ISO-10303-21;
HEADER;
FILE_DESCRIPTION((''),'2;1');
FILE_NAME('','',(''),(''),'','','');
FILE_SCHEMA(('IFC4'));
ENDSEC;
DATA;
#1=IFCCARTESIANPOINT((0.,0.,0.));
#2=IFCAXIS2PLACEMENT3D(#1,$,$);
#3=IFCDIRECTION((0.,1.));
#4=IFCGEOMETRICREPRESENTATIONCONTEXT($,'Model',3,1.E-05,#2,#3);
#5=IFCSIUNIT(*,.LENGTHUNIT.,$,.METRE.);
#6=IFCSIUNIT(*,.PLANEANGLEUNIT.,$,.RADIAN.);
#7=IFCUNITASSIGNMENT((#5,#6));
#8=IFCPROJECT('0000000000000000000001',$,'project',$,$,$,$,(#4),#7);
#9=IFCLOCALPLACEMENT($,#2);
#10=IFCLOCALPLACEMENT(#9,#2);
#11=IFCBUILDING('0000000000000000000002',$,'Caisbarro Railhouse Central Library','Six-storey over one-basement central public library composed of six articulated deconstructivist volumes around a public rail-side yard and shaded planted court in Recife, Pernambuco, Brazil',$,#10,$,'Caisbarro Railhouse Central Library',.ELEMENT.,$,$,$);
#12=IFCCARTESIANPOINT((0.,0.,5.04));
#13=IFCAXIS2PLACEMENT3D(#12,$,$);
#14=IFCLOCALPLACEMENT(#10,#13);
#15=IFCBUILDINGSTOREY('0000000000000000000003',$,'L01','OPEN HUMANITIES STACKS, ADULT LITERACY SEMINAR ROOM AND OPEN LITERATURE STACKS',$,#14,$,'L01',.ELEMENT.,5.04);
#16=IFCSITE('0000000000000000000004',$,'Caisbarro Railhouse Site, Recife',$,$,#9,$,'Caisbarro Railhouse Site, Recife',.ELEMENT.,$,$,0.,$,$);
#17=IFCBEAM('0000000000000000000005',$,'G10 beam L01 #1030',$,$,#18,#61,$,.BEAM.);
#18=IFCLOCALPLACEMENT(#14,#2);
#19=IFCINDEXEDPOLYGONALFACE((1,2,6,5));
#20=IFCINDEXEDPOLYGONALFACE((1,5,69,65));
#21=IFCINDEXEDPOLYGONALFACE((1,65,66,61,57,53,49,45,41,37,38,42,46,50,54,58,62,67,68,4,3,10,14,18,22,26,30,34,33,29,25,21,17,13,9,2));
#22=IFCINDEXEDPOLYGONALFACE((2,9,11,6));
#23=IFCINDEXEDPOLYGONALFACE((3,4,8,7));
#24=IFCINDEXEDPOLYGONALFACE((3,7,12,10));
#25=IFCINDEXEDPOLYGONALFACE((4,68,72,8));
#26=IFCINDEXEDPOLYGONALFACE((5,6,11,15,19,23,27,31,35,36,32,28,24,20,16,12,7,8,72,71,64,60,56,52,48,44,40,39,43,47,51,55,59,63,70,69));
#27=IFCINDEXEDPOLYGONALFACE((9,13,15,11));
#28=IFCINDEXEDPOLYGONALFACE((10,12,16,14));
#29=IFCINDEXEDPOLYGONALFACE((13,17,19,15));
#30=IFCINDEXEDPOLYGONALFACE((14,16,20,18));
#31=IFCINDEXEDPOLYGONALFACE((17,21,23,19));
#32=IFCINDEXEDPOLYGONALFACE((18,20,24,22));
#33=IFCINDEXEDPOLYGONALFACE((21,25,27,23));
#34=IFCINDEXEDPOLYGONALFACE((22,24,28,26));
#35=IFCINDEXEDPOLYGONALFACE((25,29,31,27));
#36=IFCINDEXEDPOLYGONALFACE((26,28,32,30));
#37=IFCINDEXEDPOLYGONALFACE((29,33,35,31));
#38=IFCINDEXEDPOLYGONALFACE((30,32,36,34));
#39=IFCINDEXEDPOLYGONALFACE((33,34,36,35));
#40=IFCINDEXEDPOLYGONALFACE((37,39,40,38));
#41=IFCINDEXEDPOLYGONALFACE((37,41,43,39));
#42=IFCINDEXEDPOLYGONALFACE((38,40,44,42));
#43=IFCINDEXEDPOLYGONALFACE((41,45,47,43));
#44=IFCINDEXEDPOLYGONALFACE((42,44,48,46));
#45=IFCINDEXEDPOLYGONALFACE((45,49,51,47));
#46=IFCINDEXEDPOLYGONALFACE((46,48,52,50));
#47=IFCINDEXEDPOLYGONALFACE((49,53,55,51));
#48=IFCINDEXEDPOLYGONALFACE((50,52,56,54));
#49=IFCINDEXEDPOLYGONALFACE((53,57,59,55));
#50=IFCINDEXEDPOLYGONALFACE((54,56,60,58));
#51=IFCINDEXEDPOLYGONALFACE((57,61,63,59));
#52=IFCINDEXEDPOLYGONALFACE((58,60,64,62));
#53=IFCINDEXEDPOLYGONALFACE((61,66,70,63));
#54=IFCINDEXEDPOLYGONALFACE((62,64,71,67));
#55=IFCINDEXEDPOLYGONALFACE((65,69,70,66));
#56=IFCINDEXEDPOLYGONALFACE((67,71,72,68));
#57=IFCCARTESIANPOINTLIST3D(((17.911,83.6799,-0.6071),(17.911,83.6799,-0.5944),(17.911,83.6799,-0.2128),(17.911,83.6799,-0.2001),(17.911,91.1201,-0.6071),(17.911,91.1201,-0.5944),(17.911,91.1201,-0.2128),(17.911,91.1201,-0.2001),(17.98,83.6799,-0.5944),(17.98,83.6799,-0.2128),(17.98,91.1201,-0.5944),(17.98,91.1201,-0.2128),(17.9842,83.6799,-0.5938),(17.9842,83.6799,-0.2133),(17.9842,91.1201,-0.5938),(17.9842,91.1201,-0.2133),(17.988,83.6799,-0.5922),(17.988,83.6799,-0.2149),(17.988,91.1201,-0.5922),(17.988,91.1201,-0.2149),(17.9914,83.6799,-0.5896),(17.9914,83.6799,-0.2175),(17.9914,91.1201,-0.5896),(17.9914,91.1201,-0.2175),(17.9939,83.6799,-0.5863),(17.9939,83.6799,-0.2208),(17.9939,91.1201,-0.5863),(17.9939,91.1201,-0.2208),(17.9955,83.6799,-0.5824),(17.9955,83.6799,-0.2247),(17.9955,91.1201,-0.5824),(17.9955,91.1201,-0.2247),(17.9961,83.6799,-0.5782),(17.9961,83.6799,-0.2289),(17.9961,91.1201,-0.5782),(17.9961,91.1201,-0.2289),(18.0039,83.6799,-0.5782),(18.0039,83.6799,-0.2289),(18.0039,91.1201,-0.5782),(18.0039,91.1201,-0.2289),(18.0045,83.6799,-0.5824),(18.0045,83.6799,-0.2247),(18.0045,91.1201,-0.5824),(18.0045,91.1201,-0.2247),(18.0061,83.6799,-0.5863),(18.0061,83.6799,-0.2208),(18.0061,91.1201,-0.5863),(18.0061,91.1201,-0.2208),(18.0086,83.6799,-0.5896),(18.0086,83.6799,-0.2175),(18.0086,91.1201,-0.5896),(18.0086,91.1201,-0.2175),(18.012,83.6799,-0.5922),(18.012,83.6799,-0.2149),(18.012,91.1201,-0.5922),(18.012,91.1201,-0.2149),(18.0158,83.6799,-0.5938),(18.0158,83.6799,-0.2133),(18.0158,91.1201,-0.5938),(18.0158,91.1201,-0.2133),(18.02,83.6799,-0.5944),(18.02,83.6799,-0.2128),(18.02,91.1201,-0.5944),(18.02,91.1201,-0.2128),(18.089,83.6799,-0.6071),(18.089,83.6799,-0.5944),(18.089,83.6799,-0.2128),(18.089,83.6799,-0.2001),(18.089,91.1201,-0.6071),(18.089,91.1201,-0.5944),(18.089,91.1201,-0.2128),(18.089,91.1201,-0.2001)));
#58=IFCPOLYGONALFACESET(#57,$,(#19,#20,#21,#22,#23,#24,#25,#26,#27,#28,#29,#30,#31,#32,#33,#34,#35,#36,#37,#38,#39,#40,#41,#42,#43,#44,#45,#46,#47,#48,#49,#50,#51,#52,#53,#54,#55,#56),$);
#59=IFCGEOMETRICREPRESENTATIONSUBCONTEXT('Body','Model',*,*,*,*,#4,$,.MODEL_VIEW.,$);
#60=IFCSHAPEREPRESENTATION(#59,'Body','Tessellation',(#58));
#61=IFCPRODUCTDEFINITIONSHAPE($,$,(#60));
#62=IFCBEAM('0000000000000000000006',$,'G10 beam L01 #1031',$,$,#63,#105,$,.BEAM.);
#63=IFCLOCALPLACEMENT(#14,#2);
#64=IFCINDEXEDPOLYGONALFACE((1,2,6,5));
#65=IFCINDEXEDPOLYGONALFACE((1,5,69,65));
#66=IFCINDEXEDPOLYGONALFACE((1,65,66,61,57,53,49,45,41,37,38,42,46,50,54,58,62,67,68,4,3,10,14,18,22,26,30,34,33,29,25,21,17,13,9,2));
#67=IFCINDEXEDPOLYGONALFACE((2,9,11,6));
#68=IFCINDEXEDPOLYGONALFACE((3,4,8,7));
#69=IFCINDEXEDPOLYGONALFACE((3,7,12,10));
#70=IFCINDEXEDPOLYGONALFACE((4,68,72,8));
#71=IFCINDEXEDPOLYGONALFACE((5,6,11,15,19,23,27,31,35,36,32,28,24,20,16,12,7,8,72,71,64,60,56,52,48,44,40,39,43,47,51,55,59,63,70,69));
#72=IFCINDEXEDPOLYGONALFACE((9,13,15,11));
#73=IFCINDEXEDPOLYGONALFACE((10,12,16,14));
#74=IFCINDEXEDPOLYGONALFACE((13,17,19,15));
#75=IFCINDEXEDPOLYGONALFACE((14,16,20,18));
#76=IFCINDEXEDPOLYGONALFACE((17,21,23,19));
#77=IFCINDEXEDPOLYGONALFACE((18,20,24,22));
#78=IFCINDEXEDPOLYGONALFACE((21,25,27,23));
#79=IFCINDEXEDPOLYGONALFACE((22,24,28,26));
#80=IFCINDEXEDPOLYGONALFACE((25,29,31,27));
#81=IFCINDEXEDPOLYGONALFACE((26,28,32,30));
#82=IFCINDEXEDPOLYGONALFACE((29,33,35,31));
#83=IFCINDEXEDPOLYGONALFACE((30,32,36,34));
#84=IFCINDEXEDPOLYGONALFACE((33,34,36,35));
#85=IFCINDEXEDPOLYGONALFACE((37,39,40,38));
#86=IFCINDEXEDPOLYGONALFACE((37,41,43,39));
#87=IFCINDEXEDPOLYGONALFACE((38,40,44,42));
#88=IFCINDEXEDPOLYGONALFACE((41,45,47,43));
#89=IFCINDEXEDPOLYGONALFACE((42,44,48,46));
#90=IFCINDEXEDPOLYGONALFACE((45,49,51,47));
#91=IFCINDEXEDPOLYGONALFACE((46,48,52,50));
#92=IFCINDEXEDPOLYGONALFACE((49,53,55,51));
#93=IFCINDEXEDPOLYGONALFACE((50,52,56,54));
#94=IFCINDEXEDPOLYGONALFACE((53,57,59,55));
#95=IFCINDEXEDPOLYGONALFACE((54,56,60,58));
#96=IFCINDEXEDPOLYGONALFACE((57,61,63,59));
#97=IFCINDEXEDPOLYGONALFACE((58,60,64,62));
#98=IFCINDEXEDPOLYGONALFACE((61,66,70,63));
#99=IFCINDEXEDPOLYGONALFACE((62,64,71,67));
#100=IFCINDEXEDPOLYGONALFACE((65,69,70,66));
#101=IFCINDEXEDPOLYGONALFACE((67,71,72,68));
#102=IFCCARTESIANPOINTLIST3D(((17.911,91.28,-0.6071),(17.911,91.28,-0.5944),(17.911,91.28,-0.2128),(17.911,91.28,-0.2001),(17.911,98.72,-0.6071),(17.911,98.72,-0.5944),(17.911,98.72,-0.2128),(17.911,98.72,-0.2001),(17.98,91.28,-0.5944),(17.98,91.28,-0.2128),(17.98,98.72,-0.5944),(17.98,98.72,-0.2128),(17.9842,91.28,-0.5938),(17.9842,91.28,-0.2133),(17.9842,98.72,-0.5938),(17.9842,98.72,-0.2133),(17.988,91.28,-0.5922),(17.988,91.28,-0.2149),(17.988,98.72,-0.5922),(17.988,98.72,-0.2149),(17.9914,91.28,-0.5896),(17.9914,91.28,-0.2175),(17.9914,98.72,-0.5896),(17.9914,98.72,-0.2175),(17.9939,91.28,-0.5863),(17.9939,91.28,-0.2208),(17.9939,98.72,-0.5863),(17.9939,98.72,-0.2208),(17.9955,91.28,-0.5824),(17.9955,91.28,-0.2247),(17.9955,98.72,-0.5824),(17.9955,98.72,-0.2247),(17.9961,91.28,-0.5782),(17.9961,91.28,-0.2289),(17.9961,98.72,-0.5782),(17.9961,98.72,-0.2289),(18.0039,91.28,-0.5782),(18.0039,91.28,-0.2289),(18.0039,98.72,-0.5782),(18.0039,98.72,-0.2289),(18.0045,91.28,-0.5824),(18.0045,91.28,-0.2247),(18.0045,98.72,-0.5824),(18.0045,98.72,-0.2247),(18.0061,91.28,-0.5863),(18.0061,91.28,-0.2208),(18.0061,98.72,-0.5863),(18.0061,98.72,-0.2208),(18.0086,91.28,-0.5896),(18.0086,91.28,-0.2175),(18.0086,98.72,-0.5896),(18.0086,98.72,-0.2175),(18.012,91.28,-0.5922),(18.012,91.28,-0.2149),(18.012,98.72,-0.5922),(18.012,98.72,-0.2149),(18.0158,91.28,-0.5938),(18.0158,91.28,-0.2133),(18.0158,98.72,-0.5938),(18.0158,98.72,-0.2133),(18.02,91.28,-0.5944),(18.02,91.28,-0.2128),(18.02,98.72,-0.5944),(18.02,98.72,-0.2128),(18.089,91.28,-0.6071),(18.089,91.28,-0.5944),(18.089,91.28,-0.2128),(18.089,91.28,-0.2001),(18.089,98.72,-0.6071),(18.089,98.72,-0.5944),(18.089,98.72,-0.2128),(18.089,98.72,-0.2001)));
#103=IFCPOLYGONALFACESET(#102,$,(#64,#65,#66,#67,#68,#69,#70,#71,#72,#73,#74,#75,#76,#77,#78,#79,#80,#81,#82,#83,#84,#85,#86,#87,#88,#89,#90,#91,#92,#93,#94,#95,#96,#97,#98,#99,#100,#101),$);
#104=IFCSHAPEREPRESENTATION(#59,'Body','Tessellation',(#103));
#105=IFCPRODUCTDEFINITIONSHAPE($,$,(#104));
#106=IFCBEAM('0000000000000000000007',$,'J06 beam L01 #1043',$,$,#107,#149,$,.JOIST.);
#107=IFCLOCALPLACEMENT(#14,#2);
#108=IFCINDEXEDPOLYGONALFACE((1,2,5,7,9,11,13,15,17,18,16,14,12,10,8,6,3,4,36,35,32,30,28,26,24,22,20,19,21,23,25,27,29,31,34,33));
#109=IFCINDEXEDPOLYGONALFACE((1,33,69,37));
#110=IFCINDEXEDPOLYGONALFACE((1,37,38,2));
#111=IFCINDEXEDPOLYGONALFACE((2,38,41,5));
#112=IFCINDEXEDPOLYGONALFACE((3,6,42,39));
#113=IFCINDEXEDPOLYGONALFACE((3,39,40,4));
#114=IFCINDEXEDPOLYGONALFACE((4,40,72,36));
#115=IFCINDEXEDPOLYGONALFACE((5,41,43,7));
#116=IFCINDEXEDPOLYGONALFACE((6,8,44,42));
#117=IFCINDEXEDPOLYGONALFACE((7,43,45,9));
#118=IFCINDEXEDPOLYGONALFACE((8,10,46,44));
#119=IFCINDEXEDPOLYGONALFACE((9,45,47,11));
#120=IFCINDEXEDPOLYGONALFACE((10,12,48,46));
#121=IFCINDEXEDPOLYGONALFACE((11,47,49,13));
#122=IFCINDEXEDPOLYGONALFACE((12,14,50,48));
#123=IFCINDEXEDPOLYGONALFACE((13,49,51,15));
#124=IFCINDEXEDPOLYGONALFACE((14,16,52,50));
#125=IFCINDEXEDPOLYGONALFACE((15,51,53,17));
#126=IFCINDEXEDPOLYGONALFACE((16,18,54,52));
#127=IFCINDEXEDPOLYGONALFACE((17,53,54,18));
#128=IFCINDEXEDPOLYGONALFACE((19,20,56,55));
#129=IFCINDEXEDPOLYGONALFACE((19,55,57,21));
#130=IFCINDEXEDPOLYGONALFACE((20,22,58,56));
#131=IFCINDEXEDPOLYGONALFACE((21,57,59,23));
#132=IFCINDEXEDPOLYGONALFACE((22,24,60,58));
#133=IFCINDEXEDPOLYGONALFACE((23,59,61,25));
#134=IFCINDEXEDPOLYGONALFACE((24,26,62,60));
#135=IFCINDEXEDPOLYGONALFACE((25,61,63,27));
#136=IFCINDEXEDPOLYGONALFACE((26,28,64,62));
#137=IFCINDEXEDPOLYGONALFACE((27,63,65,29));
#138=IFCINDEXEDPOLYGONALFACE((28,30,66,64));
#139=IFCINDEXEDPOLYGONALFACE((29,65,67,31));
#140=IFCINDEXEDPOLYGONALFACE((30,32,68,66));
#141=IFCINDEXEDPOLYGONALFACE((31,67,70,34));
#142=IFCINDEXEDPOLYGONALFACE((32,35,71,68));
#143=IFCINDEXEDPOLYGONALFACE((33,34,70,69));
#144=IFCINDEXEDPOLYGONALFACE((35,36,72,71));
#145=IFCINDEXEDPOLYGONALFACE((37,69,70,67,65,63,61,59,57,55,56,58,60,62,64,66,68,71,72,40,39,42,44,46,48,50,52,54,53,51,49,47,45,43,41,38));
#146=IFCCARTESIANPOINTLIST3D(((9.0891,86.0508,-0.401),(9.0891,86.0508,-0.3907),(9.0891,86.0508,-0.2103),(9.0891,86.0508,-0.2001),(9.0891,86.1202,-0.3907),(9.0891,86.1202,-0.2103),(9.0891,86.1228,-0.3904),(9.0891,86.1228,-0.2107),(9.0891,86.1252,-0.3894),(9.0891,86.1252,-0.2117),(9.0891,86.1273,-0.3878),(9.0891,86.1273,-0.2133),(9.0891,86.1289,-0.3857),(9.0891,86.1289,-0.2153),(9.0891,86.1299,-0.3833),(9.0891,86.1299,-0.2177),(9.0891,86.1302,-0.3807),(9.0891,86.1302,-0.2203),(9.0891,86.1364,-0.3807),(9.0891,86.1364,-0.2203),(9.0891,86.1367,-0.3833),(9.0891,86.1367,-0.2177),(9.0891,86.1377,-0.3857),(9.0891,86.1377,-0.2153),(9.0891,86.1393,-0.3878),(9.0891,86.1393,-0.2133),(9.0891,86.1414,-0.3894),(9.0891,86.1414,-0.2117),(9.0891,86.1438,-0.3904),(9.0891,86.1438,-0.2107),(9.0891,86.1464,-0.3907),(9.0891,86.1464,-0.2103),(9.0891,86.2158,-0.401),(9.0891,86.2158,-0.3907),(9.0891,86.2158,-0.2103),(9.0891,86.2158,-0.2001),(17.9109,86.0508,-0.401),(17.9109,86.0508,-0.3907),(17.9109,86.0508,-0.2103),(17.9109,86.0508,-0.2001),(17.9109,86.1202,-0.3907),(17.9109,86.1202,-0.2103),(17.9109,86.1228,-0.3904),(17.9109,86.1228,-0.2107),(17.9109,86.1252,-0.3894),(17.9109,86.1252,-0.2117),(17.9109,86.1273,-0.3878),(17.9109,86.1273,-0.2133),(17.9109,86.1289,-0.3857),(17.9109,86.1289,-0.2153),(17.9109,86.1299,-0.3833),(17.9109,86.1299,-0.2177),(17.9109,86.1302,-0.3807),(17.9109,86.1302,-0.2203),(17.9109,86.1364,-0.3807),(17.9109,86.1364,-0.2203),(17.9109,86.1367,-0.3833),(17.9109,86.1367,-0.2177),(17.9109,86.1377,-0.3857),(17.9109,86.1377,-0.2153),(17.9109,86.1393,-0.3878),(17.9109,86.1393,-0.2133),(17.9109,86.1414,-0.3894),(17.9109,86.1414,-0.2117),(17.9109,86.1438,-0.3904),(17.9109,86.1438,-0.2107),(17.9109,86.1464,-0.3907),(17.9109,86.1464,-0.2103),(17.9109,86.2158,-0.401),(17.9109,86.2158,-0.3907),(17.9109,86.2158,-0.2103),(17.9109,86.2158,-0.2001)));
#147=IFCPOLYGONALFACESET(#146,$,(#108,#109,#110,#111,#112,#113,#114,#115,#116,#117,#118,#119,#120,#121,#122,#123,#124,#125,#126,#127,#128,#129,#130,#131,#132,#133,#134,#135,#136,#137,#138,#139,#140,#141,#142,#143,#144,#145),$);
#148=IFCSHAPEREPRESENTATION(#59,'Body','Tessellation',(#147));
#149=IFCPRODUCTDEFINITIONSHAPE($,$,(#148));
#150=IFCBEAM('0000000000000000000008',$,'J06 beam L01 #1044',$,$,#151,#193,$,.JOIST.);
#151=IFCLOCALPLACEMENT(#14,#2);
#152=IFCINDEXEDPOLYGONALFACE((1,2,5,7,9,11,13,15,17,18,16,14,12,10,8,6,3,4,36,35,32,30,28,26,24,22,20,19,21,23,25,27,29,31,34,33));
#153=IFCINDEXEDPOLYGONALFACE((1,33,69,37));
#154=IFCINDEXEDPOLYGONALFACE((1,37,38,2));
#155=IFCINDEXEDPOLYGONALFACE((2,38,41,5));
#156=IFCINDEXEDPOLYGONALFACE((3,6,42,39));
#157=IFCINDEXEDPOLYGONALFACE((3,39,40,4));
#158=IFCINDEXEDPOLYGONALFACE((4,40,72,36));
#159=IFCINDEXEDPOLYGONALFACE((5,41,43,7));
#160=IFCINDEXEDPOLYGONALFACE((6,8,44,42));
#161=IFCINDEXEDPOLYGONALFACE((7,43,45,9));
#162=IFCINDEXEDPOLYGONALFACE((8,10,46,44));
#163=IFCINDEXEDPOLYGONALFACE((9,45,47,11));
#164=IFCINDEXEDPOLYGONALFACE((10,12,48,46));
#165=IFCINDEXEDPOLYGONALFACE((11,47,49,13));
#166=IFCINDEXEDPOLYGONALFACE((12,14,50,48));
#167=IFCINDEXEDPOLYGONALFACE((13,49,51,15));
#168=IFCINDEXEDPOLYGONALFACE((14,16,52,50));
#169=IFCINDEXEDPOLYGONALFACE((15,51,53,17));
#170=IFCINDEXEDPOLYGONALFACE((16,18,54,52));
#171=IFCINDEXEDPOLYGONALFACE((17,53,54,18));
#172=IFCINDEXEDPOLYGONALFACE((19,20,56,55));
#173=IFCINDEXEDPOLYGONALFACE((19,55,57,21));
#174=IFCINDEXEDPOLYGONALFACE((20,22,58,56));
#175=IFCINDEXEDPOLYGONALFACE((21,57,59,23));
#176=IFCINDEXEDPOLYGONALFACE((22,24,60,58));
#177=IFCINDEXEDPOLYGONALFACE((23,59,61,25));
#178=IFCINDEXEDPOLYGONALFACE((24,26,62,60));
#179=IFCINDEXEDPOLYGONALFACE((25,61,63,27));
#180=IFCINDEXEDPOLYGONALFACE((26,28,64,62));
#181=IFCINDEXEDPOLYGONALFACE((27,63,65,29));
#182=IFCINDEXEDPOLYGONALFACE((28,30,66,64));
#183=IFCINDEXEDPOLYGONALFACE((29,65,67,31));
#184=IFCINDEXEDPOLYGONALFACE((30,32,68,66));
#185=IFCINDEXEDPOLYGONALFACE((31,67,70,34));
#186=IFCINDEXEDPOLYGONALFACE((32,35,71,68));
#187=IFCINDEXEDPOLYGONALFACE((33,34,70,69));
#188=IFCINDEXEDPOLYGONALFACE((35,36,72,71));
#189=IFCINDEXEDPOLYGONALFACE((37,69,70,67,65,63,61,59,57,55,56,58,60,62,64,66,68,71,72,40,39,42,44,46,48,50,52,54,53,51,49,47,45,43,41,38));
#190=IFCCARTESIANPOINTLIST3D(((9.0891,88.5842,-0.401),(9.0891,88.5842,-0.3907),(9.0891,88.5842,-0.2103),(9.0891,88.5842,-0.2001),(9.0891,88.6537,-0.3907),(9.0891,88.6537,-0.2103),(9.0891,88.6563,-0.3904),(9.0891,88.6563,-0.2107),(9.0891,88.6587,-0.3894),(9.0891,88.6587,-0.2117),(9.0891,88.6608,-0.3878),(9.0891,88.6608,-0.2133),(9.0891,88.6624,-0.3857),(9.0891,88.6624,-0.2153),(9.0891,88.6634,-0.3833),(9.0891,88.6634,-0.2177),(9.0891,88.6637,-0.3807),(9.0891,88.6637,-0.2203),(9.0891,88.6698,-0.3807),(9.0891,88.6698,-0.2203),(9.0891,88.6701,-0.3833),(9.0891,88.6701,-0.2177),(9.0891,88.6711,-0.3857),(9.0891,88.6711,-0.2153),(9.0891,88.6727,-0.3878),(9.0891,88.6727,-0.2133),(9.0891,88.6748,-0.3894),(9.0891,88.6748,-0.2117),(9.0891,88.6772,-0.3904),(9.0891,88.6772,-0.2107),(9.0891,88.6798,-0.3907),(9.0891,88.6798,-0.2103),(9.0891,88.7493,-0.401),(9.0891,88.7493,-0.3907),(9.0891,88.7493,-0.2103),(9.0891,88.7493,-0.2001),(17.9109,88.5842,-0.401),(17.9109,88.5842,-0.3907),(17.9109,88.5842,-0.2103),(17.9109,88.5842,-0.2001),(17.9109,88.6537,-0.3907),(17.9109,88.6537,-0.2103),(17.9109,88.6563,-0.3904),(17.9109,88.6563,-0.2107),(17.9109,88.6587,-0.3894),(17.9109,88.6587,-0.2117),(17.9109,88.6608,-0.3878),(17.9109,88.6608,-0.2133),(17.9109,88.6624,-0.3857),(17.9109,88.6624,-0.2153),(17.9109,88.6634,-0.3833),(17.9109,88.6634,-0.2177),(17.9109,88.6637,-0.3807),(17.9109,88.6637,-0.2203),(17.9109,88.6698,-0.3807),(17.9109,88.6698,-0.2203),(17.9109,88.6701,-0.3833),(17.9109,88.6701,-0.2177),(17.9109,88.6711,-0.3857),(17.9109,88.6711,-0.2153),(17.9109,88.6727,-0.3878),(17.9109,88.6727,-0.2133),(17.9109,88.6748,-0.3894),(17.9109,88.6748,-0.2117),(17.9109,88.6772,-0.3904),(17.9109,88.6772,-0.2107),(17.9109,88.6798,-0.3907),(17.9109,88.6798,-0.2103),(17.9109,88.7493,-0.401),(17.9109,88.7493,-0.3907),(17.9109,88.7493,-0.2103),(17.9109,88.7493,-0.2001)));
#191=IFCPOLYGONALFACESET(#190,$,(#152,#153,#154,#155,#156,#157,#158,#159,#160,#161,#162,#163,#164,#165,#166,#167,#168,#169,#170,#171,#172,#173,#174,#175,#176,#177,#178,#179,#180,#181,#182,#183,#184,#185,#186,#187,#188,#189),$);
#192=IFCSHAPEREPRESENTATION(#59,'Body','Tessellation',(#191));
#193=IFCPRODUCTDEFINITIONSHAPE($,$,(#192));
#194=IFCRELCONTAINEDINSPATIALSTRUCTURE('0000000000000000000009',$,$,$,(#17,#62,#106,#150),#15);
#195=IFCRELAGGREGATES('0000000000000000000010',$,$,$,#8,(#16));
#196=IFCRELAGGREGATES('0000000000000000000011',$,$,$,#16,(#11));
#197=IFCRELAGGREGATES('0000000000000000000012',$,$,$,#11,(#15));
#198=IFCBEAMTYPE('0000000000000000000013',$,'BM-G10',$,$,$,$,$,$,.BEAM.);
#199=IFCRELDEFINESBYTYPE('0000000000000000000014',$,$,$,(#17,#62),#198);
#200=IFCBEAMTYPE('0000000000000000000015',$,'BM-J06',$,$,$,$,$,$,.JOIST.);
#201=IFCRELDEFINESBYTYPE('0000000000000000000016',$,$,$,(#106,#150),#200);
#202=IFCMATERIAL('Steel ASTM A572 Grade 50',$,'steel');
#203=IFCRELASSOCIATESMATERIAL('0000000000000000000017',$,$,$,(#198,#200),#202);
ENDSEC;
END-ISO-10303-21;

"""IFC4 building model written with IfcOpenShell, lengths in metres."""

from ifc_helpers import new_model, si_unit, direction, frame, origin, origin_2d, place, context, subcontext, project, spatial, i_section, extrude, material, material_profile, profile_set, type_object, element, save


model = new_model("IFC4")

# Units and contexts
model_context = context("Model", 3, precision=1e-05, world=origin(), true_north=direction((0.0, 1.0)))
body_context = subcontext(model_context, "Body", "Model", "MODEL_VIEW")
ifc_project = project(units=[si_unit("LENGTHUNIT", "METRE"), si_unit("PLANEANGLEUNIT", "RADIAN")], contexts=[model_context])

# Site, building, storey
site_placement = place(None, origin())
site = spatial("IfcSite", under=ifc_project, at=site_placement, Name="Caisbarro Railhouse Site, Recife", LongName="Caisbarro Railhouse Site, Recife", CompositionType="ELEMENT", RefElevation=0.0)
building_placement = place(site_placement, origin())
building = spatial("IfcBuilding", under=site, at=building_placement, Name="Caisbarro Railhouse Central Library", Description="Six-storey over one-basement central public library composed of six articulated deconstructivist volumes around a public rail-side yard and shaded planted court in Recife, Pernambuco, Brazil", LongName="Caisbarro Railhouse Central Library", CompositionType="ELEMENT")
storey_placement = place(building_placement, frame((0.0, 0.0, 5.04)))
storey = spatial("IfcBuildingStorey", under=building, at=storey_placement, Name="L01", Description="OPEN HUMANITIES STACKS, ADULT LITERACY SEMINAR ROOM AND OPEN LITERATURE STACKS", LongName="L01", CompositionType="ELEMENT", Elevation=5.04)

# Shared definitions
ifc_material_1 = material(Name="Steel ASTM A572 Grade 50", Category="steel")

# Beams
ifc_material_profile_1 = material_profile(ifc_material_1, i_section(OverallWidth=0.178, OverallDepth=0.407, WebThickness=0.0078, FlangeThickness=0.0127, FilletRadius=0.0161, at=origin_2d()), Name="W410X60.0")
ifc_profile_set_1 = profile_set([ifc_material_profile_1], Name="Steel ASTM A572 Grade 50")
beam_type_1 = type_object("IfcBeamType", Name="BM-G10", PredefinedType="BEAM", material=ifc_profile_set_1)
beam_1_placement = place(storey_placement, frame((18.0, 83.6799, -0.4036), z_axis=(0.0, 1.0, 0.0), x_axis=(-1.0, 0.0, 0.0)))
element("IfcBeam", 1, at=beam_1_placement, inside=storey, type_object=beam_type_1, Name="G10 beam L01 #1030", PredefinedType="BEAM", context=body_context, shape_type="SweptSolid", body=[
    extrude(i_section(OverallWidth=0.178, OverallDepth=0.407, WebThickness=0.0078, FlangeThickness=0.0127, FilletRadius=0.0161, at=origin_2d()), origin(), (0.0, 0.0, 1.0), 7.4402),
])
beam_2_placement = place(storey_placement, frame((18.0, 91.28, -0.4036), z_axis=(0.0, 1.0, 0.0), x_axis=(-1.0, 0.0, 0.0)))
element("IfcBeam", 2, at=beam_2_placement, inside=storey, type_object=beam_type_1, Name="G10 beam L01 #1031", PredefinedType="BEAM", context=body_context, shape_type="SweptSolid", body=[
    extrude(i_section(OverallWidth=0.178, OverallDepth=0.407, WebThickness=0.0078, FlangeThickness=0.0127, FilletRadius=0.0161, at=origin_2d()), origin(), (0.0, 0.0, 1.0), 7.4399),
])
ifc_material_profile_2 = material_profile(ifc_material_1, i_section(OverallWidth=0.165, OverallDepth=0.2009, WebThickness=0.0061, FlangeThickness=0.0103, FilletRadius=0.01, at=origin_2d()), Name="W200X35.9")
ifc_profile_set_2 = profile_set([ifc_material_profile_2], Name="Steel ASTM A572 Grade 50")
beam_type_2 = type_object("IfcBeamType", Name="BM-J06", PredefinedType="JOIST", material=ifc_profile_set_2)
for number, where, z_axis, x_axis, name in (
    (3, (9.0891, 86.1333, -0.3005), (1.0, 0.0, 0.0), (0.0, 1.0, 0.0), "J06 beam L01 #1043"),
    (4, (9.0891, 88.6667, -0.3005), (1.0, 0.0, 0.0), (0.0, 1.0, 0.0), "J06 beam L01 #1044"),
):
    element("IfcBeam", number, at=place(storey_placement, frame(where, z_axis=z_axis, x_axis=x_axis)), inside=storey, type_object=beam_type_2, Name=name, PredefinedType="JOIST", context=body_context, shape_type="SweptSolid", body=[
        extrude(i_section(OverallWidth=0.165, OverallDepth=0.2009, WebThickness=0.0061, FlangeThickness=0.0103, FilletRadius=0.01, at=origin_2d()), origin(), (0.0, 0.0, 1.0), 8.8218),
    ])

save(model, "model.ifc")
